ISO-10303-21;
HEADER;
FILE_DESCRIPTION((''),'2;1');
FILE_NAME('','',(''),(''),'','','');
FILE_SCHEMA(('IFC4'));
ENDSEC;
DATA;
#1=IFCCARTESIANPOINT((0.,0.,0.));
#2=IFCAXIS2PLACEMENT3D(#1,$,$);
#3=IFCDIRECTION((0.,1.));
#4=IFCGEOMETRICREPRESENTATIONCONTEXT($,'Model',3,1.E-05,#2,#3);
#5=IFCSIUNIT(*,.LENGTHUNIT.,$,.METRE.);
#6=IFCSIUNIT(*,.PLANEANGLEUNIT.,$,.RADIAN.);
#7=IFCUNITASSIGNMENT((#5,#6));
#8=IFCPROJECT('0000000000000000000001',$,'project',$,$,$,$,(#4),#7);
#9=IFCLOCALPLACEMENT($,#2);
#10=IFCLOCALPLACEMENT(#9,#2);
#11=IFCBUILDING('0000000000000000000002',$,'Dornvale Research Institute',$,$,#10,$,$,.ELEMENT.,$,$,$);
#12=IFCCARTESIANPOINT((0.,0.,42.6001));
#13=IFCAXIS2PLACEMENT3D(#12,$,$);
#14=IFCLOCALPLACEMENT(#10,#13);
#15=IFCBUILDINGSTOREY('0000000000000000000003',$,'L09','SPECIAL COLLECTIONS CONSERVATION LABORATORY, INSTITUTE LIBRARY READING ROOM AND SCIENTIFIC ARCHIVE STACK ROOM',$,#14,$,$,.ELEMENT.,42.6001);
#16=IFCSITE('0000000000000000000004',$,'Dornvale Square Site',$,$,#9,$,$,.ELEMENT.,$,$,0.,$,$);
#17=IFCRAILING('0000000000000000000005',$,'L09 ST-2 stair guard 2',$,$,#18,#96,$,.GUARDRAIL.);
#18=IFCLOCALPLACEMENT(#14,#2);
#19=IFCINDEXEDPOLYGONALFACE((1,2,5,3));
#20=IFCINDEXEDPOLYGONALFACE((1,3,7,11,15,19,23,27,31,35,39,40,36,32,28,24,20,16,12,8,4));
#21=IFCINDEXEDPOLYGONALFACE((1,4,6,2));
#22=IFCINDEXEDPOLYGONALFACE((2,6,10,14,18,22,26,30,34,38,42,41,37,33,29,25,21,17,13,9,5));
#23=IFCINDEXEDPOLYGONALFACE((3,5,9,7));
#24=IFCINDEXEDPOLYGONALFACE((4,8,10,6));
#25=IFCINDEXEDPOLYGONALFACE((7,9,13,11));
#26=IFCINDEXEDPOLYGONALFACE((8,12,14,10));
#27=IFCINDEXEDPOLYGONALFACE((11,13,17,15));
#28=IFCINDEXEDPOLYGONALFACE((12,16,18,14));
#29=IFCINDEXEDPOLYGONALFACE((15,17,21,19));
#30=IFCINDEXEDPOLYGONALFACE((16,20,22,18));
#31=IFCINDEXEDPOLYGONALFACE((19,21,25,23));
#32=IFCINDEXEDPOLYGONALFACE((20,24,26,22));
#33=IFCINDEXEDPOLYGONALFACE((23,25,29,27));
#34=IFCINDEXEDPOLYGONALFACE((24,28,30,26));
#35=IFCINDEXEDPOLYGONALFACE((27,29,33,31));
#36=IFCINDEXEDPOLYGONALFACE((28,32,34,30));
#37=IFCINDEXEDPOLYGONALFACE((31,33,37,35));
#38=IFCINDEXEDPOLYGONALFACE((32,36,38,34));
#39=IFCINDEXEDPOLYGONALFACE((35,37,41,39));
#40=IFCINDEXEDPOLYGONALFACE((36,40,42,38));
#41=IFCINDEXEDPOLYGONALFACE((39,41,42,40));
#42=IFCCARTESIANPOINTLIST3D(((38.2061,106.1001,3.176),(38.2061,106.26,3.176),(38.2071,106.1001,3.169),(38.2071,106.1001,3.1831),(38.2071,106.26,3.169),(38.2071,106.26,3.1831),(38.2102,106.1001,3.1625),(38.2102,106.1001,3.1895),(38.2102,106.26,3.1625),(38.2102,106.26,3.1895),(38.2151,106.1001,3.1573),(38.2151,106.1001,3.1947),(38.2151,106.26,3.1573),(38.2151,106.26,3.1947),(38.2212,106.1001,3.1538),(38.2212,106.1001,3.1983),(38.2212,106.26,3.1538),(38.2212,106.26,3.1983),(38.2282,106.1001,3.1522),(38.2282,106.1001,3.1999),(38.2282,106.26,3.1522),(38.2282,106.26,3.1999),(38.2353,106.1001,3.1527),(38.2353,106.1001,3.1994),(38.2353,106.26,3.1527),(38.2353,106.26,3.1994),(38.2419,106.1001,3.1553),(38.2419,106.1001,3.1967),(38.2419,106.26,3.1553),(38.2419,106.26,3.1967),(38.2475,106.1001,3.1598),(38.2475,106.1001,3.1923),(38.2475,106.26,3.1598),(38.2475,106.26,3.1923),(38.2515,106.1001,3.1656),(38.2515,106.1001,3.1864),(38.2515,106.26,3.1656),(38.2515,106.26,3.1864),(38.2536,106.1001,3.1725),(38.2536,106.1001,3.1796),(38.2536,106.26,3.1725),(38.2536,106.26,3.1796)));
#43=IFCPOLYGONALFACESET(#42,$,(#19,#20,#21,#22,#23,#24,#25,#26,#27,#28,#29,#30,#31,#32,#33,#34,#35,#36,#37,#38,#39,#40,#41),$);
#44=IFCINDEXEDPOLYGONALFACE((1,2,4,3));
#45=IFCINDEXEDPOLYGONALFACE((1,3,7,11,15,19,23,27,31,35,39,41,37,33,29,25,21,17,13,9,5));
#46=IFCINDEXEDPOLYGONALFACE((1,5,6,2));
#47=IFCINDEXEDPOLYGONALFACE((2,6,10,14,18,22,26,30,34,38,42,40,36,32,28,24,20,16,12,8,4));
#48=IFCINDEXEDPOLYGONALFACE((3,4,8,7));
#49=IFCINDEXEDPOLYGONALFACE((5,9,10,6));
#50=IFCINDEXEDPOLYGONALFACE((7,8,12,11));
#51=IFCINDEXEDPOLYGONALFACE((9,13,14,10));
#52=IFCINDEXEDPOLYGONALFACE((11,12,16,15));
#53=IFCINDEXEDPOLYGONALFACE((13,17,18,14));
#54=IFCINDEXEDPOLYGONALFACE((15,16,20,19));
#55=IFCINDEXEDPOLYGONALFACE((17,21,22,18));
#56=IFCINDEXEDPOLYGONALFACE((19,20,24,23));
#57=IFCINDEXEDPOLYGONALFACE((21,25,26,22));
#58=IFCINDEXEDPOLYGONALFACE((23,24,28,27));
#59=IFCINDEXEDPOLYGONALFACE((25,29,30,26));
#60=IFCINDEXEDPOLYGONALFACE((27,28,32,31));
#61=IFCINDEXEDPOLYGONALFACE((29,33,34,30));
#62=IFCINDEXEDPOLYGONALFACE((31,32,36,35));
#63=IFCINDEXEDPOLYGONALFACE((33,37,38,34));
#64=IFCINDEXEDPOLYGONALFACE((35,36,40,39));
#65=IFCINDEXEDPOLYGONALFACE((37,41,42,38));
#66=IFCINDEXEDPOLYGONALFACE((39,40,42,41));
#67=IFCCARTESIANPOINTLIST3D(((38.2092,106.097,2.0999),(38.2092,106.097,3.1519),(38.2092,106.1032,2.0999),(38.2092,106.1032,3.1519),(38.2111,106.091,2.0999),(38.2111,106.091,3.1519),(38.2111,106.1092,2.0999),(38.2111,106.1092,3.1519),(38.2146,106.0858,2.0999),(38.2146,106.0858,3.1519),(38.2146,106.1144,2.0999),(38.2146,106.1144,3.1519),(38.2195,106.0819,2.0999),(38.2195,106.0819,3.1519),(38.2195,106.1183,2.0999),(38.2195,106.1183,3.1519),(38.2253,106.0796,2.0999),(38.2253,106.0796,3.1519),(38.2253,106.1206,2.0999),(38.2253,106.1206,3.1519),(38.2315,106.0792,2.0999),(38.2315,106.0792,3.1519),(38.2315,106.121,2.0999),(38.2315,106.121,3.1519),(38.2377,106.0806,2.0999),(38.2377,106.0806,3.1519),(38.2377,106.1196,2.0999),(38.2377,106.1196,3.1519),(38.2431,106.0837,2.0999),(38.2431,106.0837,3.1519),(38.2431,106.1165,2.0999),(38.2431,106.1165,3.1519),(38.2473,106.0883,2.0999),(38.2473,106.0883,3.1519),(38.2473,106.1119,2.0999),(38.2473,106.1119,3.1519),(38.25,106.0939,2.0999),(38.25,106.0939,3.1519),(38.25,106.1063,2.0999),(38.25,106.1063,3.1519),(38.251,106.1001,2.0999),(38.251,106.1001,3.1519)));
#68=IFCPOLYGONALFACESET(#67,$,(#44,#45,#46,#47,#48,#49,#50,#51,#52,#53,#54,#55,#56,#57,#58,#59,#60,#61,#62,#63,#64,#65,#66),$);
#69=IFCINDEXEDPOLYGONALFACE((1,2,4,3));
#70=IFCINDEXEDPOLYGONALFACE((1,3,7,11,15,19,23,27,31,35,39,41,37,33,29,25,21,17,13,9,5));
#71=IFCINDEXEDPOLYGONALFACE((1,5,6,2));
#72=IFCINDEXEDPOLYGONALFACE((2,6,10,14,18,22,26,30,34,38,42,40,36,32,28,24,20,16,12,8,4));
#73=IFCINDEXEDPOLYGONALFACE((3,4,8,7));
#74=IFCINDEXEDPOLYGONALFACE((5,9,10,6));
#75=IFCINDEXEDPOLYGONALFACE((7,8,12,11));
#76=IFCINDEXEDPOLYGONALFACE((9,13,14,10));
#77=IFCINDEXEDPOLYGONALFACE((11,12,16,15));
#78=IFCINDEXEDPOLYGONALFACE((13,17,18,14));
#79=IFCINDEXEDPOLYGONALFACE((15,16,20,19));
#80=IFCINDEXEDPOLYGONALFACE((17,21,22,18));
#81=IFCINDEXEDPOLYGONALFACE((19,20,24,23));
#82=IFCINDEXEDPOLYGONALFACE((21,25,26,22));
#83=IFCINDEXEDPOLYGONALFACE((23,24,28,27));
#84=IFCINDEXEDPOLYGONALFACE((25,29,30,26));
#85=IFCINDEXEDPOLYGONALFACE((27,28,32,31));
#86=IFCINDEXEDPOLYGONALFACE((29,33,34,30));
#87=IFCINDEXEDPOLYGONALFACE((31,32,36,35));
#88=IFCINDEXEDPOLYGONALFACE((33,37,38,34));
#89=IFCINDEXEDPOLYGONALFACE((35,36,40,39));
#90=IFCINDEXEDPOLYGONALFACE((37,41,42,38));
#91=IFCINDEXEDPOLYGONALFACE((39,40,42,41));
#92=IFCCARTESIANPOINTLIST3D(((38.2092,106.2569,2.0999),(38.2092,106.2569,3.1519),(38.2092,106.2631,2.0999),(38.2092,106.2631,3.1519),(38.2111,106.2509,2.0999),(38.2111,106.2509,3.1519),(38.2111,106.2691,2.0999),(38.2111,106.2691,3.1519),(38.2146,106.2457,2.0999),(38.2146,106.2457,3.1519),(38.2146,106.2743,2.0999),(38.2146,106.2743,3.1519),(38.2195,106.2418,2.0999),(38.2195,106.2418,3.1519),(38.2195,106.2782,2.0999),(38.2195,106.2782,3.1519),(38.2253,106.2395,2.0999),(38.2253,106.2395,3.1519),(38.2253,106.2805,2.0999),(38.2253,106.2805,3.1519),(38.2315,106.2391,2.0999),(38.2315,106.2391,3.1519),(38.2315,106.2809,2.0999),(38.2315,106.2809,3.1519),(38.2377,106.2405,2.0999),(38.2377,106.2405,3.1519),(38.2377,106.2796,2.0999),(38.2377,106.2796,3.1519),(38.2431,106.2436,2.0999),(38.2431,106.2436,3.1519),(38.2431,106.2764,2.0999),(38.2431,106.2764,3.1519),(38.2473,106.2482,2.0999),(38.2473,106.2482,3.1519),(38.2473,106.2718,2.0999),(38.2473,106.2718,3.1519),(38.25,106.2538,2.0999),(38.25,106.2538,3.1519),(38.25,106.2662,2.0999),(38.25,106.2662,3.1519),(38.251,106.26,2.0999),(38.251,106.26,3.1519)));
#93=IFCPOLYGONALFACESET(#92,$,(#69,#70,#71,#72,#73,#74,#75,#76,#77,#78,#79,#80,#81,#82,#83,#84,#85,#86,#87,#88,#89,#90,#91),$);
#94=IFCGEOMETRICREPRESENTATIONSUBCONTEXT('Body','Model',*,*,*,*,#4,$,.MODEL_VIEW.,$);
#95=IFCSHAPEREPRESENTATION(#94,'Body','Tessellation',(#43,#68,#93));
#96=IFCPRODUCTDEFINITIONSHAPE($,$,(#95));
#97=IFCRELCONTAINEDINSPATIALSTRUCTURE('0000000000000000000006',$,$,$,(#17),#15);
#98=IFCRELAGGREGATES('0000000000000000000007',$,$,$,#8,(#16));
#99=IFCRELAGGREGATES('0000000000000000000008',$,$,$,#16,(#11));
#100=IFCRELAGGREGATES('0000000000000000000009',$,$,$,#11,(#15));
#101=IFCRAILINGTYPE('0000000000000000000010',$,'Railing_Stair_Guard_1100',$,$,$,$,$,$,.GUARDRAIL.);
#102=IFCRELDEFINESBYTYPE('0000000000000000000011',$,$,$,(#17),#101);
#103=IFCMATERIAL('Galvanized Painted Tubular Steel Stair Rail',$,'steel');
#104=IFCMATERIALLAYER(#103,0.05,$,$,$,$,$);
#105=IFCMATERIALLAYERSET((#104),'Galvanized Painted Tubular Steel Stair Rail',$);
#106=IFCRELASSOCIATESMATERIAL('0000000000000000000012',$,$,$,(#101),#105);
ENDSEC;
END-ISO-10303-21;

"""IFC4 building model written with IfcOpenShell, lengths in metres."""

from ifc_helpers import new_model, si_unit, direction, frame, origin, origin_2d, place, context, subcontext, project, spatial, circle, extrude, material, layer, layer_set, type_object, element, save


model = new_model("IFC4")

# Units and contexts
model_context = context("Model", 3, precision=1e-05, world=origin(), true_north=direction((0.0, 1.0)))
body_context = subcontext(model_context, "Body", "Model", "MODEL_VIEW")
ifc_project = project(units=[si_unit("LENGTHUNIT", "METRE"), si_unit("PLANEANGLEUNIT", "RADIAN")], contexts=[model_context])

# Site, building, storey
site_placement = place(None, origin())
site = spatial("IfcSite", under=ifc_project, at=site_placement, Name="Dornvale Square Site", CompositionType="ELEMENT", RefElevation=0.0)
building_placement = place(site_placement, origin())
building = spatial("IfcBuilding", under=site, at=building_placement, Name="Dornvale Research Institute", CompositionType="ELEMENT")
storey_placement = place(building_placement, frame((0.0, 0.0, 42.6001)))
storey = spatial("IfcBuildingStorey", under=building, at=storey_placement, Name="L09", Description="SPECIAL COLLECTIONS CONSERVATION LABORATORY, INSTITUTE LIBRARY READING ROOM AND SCIENTIFIC ARCHIVE STACK ROOM", CompositionType="ELEMENT", Elevation=42.6001)

# Railing
ifc_material_1 = material(Name="Galvanized Painted Tubular Steel Stair Rail", Category="steel")
ifc_layer_1 = layer(ifc_material_1, 0.05)
ifc_layer_set_1 = layer_set([ifc_layer_1], Name="Galvanized Painted Tubular Steel Stair Rail")
railing_type_1 = type_object("IfcRailingType", Name="Railing_Stair_Guard_1100", PredefinedType="GUARDRAIL", material=ifc_layer_set_1)
railing_1_placement = place(storey_placement, frame((38.23, 106.1001, 2.0999)))
element("IfcRailing", 1, at=railing_1_placement, inside=storey, type_object=railing_type_1, Name="L09 ST-2 stair guard 2", PredefinedType="GUARDRAIL", context=body_context, shape_type="SweptSolid", body=[
    extrude(circle(Radius=0.0239, at=origin_2d()), frame((0.0, 0.0, 1.0762), z_axis=(0.0, 1.0, 0.0), x_axis=(-1.0, 0.0, 0.0)), (0.0, 0.0, 1.0), 0.1599),
    extrude(circle(Radius=0.021, at=origin_2d()), origin(), (0.0, 0.0, 1.0), 1.052),
    extrude(circle(Radius=0.021, at=origin_2d()), frame((0.0, 0.1599, 0.0)), (0.0, 0.0, 1.0), 1.052),
])

save(model, "model.ifc")
